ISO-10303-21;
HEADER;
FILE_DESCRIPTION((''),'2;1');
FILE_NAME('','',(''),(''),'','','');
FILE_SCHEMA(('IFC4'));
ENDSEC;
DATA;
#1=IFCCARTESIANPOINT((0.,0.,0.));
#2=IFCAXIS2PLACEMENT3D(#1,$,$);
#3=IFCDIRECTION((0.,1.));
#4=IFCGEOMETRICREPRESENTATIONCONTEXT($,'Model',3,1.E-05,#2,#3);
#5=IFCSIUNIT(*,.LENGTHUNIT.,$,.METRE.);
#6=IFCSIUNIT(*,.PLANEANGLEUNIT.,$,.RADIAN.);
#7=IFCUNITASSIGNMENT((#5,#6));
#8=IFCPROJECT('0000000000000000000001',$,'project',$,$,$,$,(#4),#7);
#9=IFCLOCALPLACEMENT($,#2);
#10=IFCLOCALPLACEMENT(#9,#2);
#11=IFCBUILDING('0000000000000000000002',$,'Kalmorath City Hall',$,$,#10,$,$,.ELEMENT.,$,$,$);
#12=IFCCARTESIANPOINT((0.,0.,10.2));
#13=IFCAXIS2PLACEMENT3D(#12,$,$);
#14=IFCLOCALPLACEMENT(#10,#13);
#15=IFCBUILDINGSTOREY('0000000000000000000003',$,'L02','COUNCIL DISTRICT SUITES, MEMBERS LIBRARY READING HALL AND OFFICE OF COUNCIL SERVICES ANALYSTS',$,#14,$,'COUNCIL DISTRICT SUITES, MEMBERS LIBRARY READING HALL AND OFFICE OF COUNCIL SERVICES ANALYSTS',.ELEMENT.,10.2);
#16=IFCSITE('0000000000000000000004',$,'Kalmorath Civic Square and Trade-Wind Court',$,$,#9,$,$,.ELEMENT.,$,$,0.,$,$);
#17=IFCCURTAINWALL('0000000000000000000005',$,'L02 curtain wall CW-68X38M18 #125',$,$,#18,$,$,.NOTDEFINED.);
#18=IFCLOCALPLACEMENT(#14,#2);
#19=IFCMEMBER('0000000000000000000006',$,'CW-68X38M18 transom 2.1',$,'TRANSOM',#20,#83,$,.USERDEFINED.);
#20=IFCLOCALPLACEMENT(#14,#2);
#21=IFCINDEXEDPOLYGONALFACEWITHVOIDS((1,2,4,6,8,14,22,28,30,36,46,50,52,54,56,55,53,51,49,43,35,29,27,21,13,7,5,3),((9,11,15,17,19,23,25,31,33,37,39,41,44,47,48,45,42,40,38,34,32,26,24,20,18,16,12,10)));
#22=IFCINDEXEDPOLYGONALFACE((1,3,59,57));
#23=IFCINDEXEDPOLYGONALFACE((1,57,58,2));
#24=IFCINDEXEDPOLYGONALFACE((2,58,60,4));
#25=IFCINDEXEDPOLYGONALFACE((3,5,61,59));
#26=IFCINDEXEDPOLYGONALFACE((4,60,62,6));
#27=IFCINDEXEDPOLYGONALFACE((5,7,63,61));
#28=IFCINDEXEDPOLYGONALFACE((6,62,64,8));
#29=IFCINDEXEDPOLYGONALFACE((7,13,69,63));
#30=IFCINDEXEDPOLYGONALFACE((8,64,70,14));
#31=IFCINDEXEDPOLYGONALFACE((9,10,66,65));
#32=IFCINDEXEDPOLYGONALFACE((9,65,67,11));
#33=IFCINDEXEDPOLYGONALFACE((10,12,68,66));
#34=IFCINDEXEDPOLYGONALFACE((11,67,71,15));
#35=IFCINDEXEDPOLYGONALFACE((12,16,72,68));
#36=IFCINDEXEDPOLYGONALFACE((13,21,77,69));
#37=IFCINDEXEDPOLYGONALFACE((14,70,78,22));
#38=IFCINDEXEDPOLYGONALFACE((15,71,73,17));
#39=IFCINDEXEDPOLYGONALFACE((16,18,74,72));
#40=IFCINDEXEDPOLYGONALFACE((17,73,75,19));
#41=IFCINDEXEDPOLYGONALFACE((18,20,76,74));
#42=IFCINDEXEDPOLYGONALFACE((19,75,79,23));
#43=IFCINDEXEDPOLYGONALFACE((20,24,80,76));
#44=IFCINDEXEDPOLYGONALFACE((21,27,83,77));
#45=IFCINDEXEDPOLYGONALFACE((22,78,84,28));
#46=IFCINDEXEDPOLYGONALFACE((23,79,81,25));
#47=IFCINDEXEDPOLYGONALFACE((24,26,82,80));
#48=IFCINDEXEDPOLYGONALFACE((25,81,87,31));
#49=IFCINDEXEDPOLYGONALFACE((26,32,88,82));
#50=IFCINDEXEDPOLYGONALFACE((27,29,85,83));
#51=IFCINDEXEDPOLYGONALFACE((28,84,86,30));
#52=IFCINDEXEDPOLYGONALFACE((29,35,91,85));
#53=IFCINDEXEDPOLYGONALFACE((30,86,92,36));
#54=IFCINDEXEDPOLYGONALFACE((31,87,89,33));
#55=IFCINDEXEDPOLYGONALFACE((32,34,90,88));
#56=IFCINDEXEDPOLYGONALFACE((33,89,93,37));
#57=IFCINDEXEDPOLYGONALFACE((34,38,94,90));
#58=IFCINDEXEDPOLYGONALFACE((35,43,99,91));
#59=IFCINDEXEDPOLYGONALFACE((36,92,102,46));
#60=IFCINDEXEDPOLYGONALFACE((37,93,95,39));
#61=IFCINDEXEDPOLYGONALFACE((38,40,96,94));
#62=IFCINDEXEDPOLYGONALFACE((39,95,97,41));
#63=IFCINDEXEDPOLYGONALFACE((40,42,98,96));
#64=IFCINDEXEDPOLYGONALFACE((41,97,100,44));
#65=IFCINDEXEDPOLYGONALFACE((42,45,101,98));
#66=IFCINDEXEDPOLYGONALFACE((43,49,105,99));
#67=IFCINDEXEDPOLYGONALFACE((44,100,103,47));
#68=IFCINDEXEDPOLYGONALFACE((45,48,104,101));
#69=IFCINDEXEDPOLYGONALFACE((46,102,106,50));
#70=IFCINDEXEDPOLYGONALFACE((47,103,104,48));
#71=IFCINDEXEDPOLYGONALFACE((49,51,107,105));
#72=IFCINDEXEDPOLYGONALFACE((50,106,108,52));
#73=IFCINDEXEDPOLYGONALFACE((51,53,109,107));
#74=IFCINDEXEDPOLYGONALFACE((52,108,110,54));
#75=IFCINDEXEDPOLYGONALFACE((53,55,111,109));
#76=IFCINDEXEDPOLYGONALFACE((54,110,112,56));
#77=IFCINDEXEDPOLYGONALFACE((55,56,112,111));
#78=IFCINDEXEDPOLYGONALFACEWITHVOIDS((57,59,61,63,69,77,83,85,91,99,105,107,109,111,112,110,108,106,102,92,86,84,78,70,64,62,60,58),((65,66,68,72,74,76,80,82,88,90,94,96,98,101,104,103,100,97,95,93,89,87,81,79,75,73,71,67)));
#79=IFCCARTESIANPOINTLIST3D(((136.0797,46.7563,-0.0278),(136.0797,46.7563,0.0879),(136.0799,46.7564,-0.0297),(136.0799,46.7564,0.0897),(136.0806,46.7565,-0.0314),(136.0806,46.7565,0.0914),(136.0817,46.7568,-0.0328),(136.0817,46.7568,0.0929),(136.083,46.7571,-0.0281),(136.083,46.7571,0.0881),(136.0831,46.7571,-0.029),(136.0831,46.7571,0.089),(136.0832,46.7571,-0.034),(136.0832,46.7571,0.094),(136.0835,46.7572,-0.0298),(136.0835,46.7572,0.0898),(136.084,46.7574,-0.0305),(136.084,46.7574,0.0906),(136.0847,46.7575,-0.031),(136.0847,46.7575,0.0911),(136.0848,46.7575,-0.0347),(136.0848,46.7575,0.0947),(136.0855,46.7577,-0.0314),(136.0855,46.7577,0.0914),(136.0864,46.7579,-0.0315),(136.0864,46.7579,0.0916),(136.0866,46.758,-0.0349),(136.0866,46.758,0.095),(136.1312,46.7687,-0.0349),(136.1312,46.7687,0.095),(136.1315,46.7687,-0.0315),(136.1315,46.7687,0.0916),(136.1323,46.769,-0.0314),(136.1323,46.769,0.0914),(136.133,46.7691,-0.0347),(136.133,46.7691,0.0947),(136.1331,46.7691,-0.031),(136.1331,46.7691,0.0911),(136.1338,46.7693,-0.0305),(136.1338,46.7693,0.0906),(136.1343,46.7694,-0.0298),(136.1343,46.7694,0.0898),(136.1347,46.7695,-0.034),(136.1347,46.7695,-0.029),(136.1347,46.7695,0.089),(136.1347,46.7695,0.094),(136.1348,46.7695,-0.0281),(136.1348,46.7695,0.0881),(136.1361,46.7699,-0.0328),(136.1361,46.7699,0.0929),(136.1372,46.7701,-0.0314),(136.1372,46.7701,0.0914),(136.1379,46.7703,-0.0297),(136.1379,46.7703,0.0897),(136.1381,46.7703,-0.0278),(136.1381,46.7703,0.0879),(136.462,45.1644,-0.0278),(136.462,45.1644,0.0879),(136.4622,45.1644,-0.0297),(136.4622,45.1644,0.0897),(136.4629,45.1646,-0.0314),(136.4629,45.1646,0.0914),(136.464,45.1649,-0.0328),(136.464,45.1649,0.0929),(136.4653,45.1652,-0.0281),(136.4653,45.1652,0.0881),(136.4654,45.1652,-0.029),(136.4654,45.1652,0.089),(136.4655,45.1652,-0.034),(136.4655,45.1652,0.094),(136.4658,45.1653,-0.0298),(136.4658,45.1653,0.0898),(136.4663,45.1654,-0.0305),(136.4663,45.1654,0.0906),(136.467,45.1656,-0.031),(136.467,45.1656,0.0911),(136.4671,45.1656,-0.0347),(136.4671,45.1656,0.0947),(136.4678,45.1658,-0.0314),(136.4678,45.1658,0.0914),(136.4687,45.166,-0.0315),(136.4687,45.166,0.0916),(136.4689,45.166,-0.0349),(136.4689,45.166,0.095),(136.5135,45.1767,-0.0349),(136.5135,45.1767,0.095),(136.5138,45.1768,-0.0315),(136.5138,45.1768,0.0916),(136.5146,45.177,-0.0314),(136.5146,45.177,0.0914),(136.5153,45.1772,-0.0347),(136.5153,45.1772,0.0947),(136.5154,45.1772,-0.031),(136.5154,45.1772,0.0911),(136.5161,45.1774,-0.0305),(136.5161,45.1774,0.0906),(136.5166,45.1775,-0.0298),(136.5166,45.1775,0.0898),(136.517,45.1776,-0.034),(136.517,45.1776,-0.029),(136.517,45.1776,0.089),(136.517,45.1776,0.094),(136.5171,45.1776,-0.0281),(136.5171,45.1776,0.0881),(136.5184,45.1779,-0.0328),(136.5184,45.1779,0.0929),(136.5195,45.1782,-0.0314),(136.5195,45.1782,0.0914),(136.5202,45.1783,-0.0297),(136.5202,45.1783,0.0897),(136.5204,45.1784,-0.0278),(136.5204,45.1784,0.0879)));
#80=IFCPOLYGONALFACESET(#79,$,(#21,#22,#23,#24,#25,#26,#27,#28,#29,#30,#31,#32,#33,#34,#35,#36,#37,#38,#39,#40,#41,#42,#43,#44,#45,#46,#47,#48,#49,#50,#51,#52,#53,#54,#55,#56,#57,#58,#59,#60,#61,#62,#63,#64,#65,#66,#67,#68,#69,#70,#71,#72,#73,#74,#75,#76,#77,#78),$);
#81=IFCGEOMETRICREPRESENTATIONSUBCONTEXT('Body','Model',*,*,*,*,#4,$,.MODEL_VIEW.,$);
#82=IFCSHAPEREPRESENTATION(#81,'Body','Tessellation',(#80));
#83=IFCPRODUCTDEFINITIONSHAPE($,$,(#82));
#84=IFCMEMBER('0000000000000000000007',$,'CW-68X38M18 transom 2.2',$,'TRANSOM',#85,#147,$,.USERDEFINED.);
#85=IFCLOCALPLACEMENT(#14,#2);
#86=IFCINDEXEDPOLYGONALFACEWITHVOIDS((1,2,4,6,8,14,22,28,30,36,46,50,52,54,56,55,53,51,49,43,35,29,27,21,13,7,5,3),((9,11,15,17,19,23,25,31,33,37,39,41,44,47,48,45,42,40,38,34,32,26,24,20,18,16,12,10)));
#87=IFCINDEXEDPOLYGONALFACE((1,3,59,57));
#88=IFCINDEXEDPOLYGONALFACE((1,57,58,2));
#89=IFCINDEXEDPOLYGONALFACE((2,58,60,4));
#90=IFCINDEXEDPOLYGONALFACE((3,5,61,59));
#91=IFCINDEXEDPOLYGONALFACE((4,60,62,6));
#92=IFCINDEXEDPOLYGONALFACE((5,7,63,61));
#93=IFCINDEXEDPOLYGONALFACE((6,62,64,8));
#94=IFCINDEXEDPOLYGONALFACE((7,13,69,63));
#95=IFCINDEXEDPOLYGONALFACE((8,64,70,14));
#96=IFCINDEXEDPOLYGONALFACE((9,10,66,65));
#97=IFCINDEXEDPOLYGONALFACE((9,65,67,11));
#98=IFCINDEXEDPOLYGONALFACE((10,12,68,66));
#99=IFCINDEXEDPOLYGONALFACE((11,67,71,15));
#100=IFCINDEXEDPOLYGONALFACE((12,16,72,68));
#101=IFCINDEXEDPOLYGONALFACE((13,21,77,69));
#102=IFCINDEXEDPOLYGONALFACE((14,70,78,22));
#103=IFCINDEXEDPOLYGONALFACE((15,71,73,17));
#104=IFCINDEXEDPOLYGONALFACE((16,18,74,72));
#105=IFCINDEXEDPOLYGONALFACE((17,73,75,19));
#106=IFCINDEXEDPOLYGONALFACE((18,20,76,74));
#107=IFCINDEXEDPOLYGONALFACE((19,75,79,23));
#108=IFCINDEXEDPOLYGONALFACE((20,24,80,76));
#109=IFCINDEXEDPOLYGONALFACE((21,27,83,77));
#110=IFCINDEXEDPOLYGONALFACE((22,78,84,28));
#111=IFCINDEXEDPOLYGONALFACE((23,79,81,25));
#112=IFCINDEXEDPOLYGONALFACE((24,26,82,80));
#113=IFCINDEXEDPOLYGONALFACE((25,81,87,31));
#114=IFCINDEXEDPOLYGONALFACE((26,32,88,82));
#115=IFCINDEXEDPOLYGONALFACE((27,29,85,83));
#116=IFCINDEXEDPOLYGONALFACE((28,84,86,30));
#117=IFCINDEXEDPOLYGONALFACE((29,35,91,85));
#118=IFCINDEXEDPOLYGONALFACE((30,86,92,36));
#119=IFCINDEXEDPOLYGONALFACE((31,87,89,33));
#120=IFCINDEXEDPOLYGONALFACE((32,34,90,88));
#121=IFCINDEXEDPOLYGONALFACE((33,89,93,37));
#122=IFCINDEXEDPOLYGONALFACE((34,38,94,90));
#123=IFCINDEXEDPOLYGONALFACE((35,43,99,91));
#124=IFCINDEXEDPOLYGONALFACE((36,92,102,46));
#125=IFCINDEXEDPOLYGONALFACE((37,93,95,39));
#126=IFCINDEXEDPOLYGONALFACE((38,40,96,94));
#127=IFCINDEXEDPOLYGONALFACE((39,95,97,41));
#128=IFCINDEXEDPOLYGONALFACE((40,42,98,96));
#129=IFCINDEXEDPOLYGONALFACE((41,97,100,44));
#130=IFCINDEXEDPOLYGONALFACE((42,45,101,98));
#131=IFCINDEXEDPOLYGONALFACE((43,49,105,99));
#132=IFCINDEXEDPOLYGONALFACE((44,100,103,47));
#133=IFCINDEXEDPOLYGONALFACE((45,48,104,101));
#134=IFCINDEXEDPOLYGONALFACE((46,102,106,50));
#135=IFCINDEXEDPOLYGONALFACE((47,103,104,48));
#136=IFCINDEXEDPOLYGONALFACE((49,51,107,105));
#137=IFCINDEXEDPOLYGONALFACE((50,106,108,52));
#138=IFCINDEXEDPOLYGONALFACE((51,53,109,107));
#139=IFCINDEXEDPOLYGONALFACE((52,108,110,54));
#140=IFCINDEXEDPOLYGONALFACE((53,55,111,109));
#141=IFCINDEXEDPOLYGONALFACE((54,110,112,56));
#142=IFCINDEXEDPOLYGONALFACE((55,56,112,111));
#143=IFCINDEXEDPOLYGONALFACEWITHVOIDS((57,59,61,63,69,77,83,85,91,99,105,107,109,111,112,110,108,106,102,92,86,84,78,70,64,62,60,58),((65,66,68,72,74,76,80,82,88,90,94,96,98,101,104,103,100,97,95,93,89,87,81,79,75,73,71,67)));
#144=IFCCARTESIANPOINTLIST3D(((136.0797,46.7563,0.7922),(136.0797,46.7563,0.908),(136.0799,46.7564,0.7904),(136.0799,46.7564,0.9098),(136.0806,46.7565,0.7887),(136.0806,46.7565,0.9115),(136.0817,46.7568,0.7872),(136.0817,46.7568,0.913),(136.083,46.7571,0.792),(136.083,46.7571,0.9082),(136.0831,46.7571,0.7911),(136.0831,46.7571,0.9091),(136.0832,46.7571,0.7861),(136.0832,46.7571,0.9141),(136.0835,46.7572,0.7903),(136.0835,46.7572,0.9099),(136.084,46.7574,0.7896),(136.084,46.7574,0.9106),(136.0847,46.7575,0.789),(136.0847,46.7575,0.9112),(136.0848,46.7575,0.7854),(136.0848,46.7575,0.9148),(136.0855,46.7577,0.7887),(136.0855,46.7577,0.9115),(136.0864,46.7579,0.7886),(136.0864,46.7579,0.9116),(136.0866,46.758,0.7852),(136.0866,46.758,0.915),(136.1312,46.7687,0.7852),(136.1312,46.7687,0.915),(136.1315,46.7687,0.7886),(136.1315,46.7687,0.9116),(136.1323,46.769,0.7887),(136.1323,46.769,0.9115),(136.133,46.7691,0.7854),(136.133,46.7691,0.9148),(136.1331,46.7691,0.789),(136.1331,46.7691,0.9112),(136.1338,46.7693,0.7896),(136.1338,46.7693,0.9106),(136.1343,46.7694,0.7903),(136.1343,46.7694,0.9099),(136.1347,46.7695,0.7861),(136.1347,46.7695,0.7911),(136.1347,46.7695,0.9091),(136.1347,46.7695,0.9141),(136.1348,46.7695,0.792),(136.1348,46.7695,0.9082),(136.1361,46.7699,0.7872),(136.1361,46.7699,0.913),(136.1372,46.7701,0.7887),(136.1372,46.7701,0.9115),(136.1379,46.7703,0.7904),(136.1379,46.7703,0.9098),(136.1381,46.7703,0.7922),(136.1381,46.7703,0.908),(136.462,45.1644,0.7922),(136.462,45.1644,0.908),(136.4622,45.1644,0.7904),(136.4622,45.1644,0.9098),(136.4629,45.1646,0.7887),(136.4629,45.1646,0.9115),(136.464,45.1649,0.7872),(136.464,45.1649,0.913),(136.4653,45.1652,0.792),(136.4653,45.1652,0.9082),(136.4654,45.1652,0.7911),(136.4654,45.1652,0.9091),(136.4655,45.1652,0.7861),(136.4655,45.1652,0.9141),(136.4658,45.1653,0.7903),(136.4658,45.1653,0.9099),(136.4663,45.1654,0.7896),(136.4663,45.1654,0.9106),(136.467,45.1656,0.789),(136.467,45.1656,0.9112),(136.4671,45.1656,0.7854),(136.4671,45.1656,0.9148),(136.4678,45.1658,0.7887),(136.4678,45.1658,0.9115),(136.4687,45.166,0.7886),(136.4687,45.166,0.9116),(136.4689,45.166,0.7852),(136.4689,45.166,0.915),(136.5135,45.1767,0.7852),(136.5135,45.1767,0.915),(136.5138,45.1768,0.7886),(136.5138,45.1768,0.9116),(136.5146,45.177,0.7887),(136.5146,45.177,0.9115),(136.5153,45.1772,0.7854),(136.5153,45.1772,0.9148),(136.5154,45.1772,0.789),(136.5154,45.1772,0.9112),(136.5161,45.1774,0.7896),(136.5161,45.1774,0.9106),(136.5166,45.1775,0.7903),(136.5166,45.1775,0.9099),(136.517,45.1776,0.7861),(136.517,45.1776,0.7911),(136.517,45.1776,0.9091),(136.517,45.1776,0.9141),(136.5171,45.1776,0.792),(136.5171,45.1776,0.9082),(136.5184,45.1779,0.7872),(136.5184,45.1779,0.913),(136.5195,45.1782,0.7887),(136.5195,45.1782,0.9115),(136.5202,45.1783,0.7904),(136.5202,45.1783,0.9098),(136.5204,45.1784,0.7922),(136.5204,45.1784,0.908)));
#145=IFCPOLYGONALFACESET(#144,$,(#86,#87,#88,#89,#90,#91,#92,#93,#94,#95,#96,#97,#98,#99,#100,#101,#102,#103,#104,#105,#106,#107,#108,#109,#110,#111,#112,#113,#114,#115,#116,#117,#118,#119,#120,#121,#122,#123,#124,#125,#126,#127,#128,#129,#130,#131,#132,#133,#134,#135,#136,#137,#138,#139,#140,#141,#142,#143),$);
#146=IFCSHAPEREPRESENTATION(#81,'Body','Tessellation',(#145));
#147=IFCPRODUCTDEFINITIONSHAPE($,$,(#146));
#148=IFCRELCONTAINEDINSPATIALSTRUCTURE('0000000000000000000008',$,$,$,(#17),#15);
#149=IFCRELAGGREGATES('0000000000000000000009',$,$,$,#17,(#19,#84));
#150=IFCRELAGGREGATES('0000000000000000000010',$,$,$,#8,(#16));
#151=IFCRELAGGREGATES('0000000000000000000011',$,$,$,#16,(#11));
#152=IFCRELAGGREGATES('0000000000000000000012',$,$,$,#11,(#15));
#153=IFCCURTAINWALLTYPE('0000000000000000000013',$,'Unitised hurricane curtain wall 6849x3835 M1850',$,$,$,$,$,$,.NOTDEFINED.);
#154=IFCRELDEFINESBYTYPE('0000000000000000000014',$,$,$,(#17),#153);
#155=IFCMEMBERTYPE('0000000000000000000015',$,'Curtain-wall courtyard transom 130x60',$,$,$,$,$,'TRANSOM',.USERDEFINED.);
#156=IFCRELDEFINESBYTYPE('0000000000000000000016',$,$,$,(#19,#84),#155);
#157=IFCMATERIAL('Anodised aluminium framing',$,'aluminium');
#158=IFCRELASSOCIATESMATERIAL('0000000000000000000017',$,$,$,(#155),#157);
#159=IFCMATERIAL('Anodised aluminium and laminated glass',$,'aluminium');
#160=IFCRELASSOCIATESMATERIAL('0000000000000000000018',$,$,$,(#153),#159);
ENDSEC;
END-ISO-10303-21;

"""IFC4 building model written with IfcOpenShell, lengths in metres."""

from ifc_helpers import new_model, si_unit, direction, frame, origin, origin_2d, place, context, subcontext, project, spatial, hollow_rectangle, extrude, material, material_profile, profile_set, type_object, element, aggregate, save


model = new_model("IFC4")

# Units and contexts
model_context = context("Model", 3, precision=1e-05, world=origin(), true_north=direction((0.0, 1.0)))
body_context = subcontext(model_context, "Body", "Model", "MODEL_VIEW")
ifc_project = project(units=[si_unit("LENGTHUNIT", "METRE"), si_unit("PLANEANGLEUNIT", "RADIAN")], contexts=[model_context])

# Site, building, storey
site_placement = place(None, origin())
site = spatial("IfcSite", under=ifc_project, at=site_placement, Name="Kalmorath Civic Square and Trade-Wind Court", CompositionType="ELEMENT", RefElevation=0.0)
building_placement = place(site_placement, origin())
building = spatial("IfcBuilding", under=site, at=building_placement, Name="Kalmorath City Hall", CompositionType="ELEMENT")
storey_placement = place(building_placement, frame((0.0, 0.0, 10.2)))
storey = spatial("IfcBuildingStorey", under=building, at=storey_placement, Name="L02", Description="COUNCIL DISTRICT SUITES, MEMBERS LIBRARY READING HALL AND OFFICE OF COUNCIL SERVICES ANALYSTS", LongName="COUNCIL DISTRICT SUITES, MEMBERS LIBRARY READING HALL AND OFFICE OF COUNCIL SERVICES ANALYSTS", CompositionType="ELEMENT", Elevation=10.2)

# Curtain wall, members
ifc_material_1 = material(Name="Anodised aluminium framing", Category="aluminium")
ifc_material_profile_1 = material_profile(ifc_material_1, hollow_rectangle(XDim=0.0601, YDim=0.1299, WallThickness=0.0034, InnerFilletRadius=0.0034, OuterFilletRadius=0.0071, at=origin_2d()), Name="ALU-TRN-130X60X3.5")
ifc_profile_set_1 = profile_set([ifc_material_profile_1], Name="Anodised aluminium framing")
member_type_1 = type_object("IfcMemberType", Name="Curtain-wall courtyard transom 130x60", ElementType="TRANSOM", PredefinedType="USERDEFINED", material=ifc_profile_set_1)
ifc_material_2 = material(Name="Anodised aluminium and laminated glass", Category="aluminium")
curtain_wall_type_1 = type_object("IfcCurtainWallType", Name="Unitised hurricane curtain wall 6849x3835 M1850", PredefinedType="NOTDEFINED", material=ifc_material_2)
curtain_wall_1_placement = place(storey_placement, origin())
curtain_wall_1 = element("IfcCurtainWall", 1, at=curtain_wall_1_placement, inside=storey, type_object=curtain_wall_type_1, Name="L02 curtain wall CW-68X38M18 #125", PredefinedType="NOTDEFINED")
member_1_placement = place(storey_placement, frame((136.4912, 45.1714, 0.03), z_axis=(-0.233508, 0.972355, 0.0), x_axis=(-0.972355, -0.233508, 0.0)))
member_1 = element("IfcMember", 2, at=member_1_placement, type_object=member_type_1, Name="CW-68X38M18 transom 2.1", ObjectType="TRANSOM", PredefinedType="USERDEFINED", context=body_context, shape_type="SweptSolid", body=[
    extrude(hollow_rectangle(XDim=0.0601, YDim=0.1299, WallThickness=0.0034, InnerFilletRadius=0.0034, OuterFilletRadius=0.0071, at=origin_2d()), origin(), (0.0, 0.0, 1.0), 1.6372),
])
member_2_placement = place(storey_placement, frame((136.4912, 45.1714, 0.8501), z_axis=(-0.233508, 0.972355, 0.0), x_axis=(-0.972355, -0.233508, 0.0)))
member_2 = element("IfcMember", 3, at=member_2_placement, type_object=member_type_1, Name="CW-68X38M18 transom 2.2", ObjectType="TRANSOM", PredefinedType="USERDEFINED", context=body_context, shape_type="SweptSolid", body=[
    extrude(hollow_rectangle(XDim=0.0601, YDim=0.1299, WallThickness=0.0034, InnerFilletRadius=0.0034, OuterFilletRadius=0.0071, at=origin_2d()), origin(), (0.0, 0.0, 1.0), 1.6372),
])

aggregate(curtain_wall_1, [member_1, member_2])

save(model, "model.ifc")
